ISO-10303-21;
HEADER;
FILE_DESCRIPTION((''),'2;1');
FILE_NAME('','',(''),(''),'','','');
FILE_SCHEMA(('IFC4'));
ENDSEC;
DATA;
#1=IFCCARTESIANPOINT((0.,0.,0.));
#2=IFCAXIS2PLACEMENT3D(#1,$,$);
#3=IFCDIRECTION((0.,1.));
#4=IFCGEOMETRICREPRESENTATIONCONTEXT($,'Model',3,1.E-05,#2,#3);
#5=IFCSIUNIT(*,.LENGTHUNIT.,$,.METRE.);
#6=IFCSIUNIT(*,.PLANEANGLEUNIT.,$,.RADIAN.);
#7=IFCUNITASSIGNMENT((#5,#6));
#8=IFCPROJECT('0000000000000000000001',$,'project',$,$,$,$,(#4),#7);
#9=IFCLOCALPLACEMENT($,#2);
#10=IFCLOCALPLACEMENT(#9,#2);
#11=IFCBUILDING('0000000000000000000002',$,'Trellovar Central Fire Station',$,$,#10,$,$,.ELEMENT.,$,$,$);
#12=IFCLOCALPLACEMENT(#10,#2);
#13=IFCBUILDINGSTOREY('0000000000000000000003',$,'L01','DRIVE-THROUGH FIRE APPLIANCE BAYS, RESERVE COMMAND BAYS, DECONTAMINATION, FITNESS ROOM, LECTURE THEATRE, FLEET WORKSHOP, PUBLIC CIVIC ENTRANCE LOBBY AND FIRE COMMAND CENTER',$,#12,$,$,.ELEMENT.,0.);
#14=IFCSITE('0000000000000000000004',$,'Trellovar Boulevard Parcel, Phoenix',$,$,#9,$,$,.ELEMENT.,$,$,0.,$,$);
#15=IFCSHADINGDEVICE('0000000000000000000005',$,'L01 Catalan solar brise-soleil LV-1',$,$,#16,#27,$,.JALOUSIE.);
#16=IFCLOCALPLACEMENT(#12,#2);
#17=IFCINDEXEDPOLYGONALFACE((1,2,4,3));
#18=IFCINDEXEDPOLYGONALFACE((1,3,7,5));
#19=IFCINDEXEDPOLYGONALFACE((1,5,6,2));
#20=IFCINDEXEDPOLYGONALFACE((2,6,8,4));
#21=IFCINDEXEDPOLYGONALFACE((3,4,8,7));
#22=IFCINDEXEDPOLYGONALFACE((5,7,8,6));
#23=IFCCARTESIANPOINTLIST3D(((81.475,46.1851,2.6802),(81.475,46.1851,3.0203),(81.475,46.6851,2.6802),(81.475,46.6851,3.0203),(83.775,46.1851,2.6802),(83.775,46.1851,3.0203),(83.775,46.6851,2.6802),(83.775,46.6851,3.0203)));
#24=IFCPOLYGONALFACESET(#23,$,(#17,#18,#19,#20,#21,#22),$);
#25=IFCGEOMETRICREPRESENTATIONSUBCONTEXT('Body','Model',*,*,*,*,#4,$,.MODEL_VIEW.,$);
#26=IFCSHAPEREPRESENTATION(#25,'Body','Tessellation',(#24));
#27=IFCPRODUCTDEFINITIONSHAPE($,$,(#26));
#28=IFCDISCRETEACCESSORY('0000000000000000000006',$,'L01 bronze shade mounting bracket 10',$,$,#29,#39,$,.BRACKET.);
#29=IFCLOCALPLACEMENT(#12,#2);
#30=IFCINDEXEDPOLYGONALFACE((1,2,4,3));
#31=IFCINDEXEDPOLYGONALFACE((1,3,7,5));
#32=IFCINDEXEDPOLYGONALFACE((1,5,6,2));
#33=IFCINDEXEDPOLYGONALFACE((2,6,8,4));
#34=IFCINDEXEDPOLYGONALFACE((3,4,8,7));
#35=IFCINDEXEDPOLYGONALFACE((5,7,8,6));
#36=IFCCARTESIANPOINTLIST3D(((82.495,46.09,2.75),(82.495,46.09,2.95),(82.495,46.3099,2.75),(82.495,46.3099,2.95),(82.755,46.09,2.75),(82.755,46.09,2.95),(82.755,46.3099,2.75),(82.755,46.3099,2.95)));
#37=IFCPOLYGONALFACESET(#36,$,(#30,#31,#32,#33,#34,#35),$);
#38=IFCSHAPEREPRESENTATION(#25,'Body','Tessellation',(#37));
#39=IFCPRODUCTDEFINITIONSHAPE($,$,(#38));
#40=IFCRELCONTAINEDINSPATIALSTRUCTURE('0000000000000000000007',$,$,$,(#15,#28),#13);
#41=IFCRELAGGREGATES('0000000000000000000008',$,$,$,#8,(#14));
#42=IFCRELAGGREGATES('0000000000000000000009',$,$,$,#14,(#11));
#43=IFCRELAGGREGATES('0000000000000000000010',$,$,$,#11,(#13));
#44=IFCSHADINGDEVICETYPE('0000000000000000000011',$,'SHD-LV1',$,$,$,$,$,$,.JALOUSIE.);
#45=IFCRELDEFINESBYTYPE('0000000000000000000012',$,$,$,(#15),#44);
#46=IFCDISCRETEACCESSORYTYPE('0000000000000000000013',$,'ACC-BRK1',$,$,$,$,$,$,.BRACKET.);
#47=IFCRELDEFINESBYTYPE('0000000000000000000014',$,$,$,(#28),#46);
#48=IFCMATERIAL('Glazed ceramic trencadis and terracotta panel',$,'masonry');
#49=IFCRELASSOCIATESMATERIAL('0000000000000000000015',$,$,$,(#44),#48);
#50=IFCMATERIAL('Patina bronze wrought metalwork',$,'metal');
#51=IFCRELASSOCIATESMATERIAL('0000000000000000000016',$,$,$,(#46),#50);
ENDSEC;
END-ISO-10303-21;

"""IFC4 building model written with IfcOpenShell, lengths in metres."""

from ifc_helpers import new_model, si_unit, direction, frame, origin, origin_2d, place, context, subcontext, project, spatial, rectangle, extrude, material, type_object, element, save


model = new_model("IFC4")

# Units and contexts
model_context = context("Model", 3, precision=1e-05, world=origin(), true_north=direction((0.0, 1.0)))
body_context = subcontext(model_context, "Body", "Model", "MODEL_VIEW")
ifc_project = project(units=[si_unit("LENGTHUNIT", "METRE"), si_unit("PLANEANGLEUNIT", "RADIAN")], contexts=[model_context])

# Site, building, storey
site_placement = place(None, origin())
site = spatial("IfcSite", under=ifc_project, at=site_placement, Name="Trellovar Boulevard Parcel, Phoenix", CompositionType="ELEMENT", RefElevation=0.0)
building_placement = place(site_placement, origin())
building = spatial("IfcBuilding", under=site, at=building_placement, Name="Trellovar Central Fire Station", CompositionType="ELEMENT")
storey_placement = place(building_placement, origin())
storey = spatial("IfcBuildingStorey", under=building, at=storey_placement, Name="L01", Description="DRIVE-THROUGH FIRE APPLIANCE BAYS, RESERVE COMMAND BAYS, DECONTAMINATION, FITNESS ROOM, LECTURE THEATRE, FLEET WORKSHOP, PUBLIC CIVIC ENTRANCE LOBBY AND FIRE COMMAND CENTER", CompositionType="ELEMENT", Elevation=0.0)

# Shading device
ifc_material_1 = material(Name="Glazed ceramic trencadis and terracotta panel", Category="masonry")
shading_device_type = type_object("IfcShadingDeviceType", Name="SHD-LV1", PredefinedType="JALOUSIE", material=ifc_material_1)
for number, where, z_axis, x_axis, name in (
    (1, (82.625, 46.4351, 2.6802), (0.0, 0.0, 1.0), (1.0, 0.0, 0.0), "L01 Catalan solar brise-soleil LV-1"),
):
    element("IfcShadingDevice", number, at=place(storey_placement, frame(where, z_axis=z_axis, x_axis=x_axis)), inside=storey, type_object=shading_device_type, Name=name, PredefinedType="JALOUSIE", context=body_context, shape_type="SweptSolid", body=[
        extrude(rectangle(XDim=2.3, YDim=0.5, at=origin_2d()), origin(), (0.0, 0.0, 1.0), 0.3401),
    ])

# Discrete accessory
ifc_material_2 = material(Name="Patina bronze wrought metalwork", Category="metal")
discrete_accessory_type = type_object("IfcDiscreteAccessoryType", Name="ACC-BRK1", PredefinedType="BRACKET", material=ifc_material_2)
discrete_accessory_placement = place(storey_placement, frame((82.625, 46.2, 2.75), z_axis=(0.0, 0.0, 1.0), x_axis=(1.0, 0.0, 0.0)))
element("IfcDiscreteAccessory", 2, at=discrete_accessory_placement, inside=storey, type_object=discrete_accessory_type, Name="L01 bronze shade mounting bracket 10", PredefinedType="BRACKET", context=body_context, shape_type="SweptSolid", body=[
    extrude(rectangle(XDim=0.26, YDim=0.22, at=origin_2d()), origin(), (0.0, 0.0, 1.0), 0.2),
])

save(model, "model.ifc")
